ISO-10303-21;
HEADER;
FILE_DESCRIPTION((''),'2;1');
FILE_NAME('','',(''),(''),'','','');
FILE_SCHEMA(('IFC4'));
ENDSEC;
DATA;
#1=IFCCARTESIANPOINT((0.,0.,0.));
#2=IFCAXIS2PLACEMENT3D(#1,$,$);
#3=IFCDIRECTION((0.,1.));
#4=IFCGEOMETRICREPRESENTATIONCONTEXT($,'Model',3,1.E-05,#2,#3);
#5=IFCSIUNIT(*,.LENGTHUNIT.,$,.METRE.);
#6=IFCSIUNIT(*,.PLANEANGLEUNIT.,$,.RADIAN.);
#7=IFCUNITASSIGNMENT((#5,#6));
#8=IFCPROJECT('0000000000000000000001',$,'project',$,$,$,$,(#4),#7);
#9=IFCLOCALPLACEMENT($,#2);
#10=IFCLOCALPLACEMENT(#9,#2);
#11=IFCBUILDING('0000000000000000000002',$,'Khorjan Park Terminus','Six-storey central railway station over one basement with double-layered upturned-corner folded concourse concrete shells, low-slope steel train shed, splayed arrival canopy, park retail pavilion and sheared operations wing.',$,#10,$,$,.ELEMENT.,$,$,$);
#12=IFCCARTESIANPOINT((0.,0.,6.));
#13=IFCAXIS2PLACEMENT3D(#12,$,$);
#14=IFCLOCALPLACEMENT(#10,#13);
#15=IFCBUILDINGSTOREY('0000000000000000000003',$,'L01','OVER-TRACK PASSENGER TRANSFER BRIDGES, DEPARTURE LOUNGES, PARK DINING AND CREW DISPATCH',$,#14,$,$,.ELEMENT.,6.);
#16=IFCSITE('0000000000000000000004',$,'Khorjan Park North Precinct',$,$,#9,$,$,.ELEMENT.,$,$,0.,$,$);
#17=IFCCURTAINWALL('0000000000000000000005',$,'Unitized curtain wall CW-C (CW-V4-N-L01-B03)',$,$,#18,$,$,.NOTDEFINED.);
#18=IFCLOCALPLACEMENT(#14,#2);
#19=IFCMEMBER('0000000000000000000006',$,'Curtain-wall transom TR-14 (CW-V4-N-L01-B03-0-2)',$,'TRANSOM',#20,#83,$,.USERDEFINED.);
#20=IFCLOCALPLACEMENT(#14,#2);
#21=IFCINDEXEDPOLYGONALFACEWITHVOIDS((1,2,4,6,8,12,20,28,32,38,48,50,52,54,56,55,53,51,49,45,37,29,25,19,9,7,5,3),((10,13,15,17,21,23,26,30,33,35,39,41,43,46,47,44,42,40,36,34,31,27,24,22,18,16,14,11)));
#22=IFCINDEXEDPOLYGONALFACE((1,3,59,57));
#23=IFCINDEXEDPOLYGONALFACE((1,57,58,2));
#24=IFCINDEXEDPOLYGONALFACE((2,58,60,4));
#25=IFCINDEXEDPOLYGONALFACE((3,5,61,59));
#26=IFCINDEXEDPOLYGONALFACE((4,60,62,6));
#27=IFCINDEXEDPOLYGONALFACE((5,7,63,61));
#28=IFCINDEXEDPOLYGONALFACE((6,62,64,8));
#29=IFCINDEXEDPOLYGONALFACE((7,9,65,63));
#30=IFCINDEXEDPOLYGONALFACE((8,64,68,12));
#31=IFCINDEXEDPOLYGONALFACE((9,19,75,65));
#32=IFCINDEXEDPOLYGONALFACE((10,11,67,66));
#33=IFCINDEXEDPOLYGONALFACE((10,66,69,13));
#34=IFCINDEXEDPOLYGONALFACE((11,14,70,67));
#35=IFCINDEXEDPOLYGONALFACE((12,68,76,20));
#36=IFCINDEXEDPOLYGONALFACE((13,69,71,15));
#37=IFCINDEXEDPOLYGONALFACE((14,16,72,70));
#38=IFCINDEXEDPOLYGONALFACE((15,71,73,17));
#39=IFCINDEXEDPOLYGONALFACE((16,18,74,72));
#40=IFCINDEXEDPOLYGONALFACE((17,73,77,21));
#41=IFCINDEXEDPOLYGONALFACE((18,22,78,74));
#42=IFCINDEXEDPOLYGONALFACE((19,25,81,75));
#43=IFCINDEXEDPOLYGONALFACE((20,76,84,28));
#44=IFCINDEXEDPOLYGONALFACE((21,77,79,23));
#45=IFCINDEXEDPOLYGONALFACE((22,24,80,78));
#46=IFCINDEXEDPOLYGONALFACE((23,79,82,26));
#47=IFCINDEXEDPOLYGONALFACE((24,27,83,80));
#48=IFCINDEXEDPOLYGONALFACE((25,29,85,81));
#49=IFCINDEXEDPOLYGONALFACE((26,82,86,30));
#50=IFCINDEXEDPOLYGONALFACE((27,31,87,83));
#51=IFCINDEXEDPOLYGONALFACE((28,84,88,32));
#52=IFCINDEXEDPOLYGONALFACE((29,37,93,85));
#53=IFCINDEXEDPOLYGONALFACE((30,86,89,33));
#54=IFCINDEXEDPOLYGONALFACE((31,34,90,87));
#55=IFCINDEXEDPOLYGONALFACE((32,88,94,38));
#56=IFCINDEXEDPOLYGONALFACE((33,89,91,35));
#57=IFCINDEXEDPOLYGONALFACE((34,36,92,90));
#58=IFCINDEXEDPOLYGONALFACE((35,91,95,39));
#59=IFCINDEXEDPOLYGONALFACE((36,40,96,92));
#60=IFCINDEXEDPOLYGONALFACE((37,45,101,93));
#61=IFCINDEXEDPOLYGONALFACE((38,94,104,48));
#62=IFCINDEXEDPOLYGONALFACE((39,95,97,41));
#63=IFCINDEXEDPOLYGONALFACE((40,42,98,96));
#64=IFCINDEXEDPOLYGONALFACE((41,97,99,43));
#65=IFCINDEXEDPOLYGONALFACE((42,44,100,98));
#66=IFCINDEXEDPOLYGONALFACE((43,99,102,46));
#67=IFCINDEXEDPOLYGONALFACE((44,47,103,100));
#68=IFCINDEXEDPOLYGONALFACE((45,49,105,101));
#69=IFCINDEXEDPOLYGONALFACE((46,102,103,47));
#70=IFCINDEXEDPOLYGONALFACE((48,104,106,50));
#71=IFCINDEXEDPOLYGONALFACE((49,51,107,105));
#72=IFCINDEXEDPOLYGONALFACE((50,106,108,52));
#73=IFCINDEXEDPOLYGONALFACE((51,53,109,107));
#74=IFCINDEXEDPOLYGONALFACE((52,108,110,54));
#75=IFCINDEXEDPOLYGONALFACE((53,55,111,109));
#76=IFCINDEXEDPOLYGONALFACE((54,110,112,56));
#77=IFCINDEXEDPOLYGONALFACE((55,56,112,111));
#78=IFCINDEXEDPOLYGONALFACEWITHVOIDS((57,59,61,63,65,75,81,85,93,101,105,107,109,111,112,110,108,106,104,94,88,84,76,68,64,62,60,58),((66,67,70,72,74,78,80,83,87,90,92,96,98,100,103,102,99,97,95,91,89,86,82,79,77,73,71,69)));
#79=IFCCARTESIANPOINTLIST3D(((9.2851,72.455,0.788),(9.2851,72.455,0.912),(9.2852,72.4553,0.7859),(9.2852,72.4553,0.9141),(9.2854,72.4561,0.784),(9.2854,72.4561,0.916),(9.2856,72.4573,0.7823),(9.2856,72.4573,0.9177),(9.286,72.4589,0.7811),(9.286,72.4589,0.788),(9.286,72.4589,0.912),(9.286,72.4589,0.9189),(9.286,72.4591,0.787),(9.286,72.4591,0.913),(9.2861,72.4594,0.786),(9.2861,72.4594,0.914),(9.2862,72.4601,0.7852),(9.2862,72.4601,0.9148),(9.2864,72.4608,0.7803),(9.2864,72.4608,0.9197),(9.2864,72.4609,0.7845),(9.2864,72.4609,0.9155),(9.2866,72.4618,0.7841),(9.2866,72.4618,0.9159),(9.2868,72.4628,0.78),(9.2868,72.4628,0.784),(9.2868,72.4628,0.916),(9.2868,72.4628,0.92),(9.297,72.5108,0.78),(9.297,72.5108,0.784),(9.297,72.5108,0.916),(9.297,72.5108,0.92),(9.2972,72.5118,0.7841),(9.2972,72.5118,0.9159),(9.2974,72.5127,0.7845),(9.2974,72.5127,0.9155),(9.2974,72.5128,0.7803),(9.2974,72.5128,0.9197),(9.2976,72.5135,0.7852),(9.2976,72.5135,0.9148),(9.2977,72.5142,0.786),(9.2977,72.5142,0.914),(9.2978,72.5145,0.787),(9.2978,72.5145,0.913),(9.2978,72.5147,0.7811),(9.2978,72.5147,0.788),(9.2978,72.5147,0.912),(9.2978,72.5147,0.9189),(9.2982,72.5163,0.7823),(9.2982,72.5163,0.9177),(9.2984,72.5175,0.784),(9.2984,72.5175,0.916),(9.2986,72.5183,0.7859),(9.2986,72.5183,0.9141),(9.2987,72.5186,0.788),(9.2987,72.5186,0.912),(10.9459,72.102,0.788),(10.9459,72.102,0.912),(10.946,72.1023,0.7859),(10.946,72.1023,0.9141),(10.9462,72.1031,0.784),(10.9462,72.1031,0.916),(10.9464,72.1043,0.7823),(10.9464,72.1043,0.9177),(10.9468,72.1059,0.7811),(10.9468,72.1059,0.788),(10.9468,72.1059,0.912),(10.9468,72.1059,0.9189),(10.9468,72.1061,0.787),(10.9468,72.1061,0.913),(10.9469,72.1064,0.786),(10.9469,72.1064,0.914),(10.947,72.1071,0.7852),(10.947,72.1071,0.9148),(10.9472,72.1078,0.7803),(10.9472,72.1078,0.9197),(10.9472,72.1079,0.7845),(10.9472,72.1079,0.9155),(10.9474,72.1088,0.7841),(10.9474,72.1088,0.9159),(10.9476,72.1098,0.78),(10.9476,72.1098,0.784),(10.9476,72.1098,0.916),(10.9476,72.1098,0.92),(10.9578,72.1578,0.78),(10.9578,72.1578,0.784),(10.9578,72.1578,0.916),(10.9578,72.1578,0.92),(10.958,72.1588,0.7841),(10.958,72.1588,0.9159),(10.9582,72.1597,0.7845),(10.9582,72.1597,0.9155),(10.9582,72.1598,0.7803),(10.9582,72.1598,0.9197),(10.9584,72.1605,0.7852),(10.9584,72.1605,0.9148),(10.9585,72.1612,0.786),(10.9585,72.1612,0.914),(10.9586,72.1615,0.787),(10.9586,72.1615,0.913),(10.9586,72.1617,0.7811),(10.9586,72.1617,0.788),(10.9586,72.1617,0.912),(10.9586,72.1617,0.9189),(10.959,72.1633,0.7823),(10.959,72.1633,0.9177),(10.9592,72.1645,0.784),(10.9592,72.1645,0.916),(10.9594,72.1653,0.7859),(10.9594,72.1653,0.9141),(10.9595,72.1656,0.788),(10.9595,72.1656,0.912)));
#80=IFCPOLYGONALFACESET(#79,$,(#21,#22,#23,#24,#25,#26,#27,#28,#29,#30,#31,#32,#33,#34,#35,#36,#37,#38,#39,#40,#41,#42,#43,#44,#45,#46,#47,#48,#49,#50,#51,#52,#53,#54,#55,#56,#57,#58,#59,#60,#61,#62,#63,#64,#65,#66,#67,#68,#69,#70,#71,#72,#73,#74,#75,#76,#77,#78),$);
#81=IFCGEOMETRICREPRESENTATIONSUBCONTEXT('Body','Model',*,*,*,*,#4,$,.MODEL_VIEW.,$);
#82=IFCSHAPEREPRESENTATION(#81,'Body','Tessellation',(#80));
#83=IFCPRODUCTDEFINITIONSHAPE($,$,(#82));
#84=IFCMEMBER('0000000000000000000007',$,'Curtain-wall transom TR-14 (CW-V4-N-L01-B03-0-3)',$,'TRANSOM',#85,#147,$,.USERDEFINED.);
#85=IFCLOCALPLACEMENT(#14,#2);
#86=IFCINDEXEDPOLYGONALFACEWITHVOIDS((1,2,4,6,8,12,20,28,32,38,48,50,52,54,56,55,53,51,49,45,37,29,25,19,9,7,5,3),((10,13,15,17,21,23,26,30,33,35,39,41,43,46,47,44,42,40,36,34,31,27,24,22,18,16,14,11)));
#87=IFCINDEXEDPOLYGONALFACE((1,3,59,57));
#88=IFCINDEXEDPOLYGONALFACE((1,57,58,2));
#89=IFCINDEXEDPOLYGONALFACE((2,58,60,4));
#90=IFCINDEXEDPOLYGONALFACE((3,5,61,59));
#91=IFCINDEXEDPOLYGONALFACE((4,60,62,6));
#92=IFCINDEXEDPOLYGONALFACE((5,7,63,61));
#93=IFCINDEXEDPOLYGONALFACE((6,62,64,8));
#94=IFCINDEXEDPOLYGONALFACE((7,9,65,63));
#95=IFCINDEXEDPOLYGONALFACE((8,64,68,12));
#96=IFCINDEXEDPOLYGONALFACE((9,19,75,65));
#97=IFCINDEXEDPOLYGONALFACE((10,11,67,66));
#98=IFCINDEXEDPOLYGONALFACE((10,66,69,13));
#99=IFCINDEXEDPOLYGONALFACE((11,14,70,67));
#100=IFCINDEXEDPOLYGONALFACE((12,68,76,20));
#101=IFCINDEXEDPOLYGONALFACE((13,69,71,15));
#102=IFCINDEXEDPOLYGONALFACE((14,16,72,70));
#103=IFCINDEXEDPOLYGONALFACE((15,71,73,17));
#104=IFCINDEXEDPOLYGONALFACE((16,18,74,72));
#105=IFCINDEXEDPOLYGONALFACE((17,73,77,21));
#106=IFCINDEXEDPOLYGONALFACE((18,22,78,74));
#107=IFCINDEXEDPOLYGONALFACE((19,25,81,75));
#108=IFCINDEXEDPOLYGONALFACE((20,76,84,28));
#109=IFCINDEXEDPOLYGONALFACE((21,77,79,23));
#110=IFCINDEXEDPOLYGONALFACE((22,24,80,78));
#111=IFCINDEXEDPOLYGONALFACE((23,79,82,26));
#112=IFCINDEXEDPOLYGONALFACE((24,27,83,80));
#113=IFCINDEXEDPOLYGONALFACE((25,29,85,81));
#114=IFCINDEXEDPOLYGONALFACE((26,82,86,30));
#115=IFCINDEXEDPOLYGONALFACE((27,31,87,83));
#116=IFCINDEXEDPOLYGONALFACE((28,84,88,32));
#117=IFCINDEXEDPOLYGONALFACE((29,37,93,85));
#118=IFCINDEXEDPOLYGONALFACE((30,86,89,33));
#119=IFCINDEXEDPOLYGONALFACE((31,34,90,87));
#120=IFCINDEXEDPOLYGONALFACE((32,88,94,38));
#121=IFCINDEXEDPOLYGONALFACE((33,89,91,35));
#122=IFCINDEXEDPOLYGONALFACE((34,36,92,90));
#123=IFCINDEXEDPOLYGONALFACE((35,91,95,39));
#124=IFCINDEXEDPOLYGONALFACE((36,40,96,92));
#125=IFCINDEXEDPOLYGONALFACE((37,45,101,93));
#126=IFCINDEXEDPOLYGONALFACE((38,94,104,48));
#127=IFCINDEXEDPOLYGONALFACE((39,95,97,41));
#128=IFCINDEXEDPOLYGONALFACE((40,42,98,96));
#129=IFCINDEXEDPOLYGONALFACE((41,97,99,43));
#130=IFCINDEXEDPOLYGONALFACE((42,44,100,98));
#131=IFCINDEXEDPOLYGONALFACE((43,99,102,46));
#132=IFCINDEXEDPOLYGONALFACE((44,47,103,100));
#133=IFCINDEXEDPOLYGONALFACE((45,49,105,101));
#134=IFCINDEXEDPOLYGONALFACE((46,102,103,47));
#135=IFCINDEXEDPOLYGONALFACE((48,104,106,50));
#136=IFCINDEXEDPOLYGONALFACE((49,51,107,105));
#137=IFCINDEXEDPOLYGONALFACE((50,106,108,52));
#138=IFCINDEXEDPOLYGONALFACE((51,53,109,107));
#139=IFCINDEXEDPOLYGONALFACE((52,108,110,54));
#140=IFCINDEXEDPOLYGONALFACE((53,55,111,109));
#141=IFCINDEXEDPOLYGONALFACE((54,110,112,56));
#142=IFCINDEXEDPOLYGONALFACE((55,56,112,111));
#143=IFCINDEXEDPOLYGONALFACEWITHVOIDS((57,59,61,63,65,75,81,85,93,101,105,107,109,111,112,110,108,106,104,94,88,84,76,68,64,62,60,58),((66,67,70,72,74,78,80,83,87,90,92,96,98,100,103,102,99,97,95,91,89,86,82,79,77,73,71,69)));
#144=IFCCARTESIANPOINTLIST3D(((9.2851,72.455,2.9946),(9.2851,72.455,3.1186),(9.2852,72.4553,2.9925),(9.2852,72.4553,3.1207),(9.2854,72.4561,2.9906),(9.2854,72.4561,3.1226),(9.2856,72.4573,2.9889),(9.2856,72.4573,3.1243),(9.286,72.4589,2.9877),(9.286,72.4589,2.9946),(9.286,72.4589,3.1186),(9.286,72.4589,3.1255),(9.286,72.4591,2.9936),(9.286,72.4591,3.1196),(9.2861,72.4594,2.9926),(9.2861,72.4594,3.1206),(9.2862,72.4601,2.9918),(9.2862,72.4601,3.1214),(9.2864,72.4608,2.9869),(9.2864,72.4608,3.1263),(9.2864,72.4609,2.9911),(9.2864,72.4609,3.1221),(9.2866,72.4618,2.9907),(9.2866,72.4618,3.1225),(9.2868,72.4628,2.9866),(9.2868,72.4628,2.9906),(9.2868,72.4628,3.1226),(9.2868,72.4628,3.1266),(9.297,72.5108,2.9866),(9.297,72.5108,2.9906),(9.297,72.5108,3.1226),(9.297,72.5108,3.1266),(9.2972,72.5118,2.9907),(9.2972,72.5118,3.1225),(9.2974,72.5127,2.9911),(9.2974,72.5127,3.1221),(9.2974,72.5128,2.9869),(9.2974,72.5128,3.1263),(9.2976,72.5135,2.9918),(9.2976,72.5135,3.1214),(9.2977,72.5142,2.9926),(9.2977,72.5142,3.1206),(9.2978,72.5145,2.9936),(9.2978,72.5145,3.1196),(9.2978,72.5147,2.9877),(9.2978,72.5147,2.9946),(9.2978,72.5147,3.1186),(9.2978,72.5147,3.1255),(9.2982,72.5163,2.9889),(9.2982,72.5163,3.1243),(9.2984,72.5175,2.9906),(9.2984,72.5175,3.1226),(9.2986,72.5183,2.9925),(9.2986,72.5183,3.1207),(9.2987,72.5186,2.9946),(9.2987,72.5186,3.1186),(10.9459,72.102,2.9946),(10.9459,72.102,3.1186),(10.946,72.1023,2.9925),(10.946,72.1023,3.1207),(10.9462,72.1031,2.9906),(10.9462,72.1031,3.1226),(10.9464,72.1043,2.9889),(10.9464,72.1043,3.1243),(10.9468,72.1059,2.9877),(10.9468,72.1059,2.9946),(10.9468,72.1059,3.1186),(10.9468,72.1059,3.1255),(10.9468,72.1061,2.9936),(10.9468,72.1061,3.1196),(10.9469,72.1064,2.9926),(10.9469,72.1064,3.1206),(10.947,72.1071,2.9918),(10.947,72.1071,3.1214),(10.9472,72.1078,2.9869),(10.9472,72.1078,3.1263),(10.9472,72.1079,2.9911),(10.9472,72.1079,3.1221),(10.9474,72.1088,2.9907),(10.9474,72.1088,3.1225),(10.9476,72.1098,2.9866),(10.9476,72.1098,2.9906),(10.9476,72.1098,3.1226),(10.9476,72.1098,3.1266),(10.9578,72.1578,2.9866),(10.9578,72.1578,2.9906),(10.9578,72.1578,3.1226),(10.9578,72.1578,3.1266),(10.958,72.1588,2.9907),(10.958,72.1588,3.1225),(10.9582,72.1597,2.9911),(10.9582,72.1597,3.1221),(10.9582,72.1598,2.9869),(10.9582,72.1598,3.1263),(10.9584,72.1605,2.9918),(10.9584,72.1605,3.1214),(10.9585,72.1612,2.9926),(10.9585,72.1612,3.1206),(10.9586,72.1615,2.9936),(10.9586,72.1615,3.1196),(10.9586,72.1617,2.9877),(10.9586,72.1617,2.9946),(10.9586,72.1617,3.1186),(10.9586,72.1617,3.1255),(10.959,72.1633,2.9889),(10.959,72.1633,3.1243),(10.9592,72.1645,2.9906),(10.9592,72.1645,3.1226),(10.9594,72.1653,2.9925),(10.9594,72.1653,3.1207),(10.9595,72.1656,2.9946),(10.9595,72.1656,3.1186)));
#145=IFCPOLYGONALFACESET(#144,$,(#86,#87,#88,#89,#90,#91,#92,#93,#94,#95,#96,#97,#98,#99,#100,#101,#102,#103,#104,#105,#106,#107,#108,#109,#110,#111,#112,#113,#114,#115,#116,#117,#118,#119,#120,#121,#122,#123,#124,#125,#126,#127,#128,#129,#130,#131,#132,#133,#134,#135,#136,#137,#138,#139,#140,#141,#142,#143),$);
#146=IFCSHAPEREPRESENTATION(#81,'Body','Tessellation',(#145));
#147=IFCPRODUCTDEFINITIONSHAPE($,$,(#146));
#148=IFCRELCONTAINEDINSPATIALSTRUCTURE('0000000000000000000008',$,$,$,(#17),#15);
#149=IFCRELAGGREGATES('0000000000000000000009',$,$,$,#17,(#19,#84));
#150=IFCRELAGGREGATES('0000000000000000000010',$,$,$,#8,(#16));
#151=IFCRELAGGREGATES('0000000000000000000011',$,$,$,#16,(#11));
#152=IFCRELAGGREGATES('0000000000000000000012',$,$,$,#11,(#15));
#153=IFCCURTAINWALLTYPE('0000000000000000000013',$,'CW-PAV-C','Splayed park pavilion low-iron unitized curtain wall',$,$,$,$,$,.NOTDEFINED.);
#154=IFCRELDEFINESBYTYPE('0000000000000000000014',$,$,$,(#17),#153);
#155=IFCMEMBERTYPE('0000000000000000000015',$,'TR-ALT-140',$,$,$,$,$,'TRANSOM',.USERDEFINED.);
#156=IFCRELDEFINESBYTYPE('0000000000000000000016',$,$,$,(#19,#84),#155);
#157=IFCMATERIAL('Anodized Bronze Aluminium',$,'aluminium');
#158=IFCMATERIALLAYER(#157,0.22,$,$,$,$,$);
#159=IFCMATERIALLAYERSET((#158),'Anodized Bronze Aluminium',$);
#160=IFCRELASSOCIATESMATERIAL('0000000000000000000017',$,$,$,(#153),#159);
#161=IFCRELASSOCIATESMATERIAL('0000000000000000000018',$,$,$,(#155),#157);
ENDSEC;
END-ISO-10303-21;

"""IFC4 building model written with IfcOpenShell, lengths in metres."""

from ifc_helpers import new_model, si_unit, direction, frame, origin, origin_2d, place, context, subcontext, project, spatial, hollow_rectangle, extrude, material, layer, layer_set, material_profile, profile_set, type_object, element, aggregate, save


model = new_model("IFC4")

# Units and contexts
model_context = context("Model", 3, precision=1e-05, world=origin(), true_north=direction((0.0, 1.0)))
body_context = subcontext(model_context, "Body", "Model", "MODEL_VIEW")
ifc_project = project(units=[si_unit("LENGTHUNIT", "METRE"), si_unit("PLANEANGLEUNIT", "RADIAN")], contexts=[model_context])

# Site, building, storey
site_placement = place(None, origin())
site = spatial("IfcSite", under=ifc_project, at=site_placement, Name="Khorjan Park North Precinct", CompositionType="ELEMENT", RefElevation=0.0)
building_placement = place(site_placement, origin())
building = spatial("IfcBuilding", under=site, at=building_placement, Name="Khorjan Park Terminus", Description="Six-storey central railway station over one basement with double-layered upturned-corner folded concourse concrete shells, low-slope steel train shed, splayed arrival canopy, park retail pavilion and sheared operations wing.", CompositionType="ELEMENT")
storey_placement = place(building_placement, frame((0.0, 0.0, 6.0)))
storey = spatial("IfcBuildingStorey", under=building, at=storey_placement, Name="L01", Description="OVER-TRACK PASSENGER TRANSFER BRIDGES, DEPARTURE LOUNGES, PARK DINING AND CREW DISPATCH", CompositionType="ELEMENT", Elevation=6.0)

# Curtain wall, members
ifc_material_1 = material(Name="Anodized Bronze Aluminium", Category="aluminium")
ifc_layer_1 = layer(ifc_material_1, 0.22)
ifc_layer_set_1 = layer_set([ifc_layer_1], Name="Anodized Bronze Aluminium")
curtain_wall_type = type_object("IfcCurtainWallType", Name="CW-PAV-C", Description="Splayed park pavilion low-iron unitized curtain wall", PredefinedType="NOTDEFINED", material=ifc_layer_set_1)
curtain_wall_1_placement = place(storey_placement, origin())
curtain_wall_1 = element("IfcCurtainWall", 1, at=curtain_wall_1_placement, inside=storey, type_object=curtain_wall_type, Name="Unitized curtain wall CW-C (CW-V4-N-L01-B03)", PredefinedType="NOTDEFINED")
ifc_material_profile_1 = material_profile(ifc_material_1, hollow_rectangle(XDim=0.065, YDim=0.14, WallThickness=0.004, InnerFilletRadius=0.004, OuterFilletRadius=0.008, at=origin_2d()), Name="ALT 65x140x4")
ifc_profile_set_1 = profile_set([ifc_material_profile_1], Name="Anodized Bronze Aluminium")
member_type_1 = type_object("IfcMemberType", Name="TR-ALT-140", ElementType="TRANSOM", PredefinedType="USERDEFINED", material=ifc_profile_set_1)
member_1_placement = place(storey_placement, frame((10.9527, 72.1338, 0.85), z_axis=(-0.978149, 0.207904, 0.0), x_axis=(-0.207904, -0.978149, 0.0)))
member_1 = element("IfcMember", 2, at=member_1_placement, type_object=member_type_1, Name="Curtain-wall transom TR-14 (CW-V4-N-L01-B03-0-2)", ObjectType="TRANSOM", PredefinedType="USERDEFINED", context=body_context, shape_type="SweptSolid", body=[
    extrude(hollow_rectangle(XDim=0.065, YDim=0.14, WallThickness=0.004, InnerFilletRadius=0.004, OuterFilletRadius=0.008, at=origin_2d()), origin(), (0.0, 0.0, 1.0), 1.6979),
])
member_2_placement = place(storey_placement, frame((10.9527, 72.1338, 3.0566), z_axis=(-0.978149, 0.207904, 0.0), x_axis=(-0.207904, -0.978149, 0.0)))
member_2 = element("IfcMember", 3, at=member_2_placement, type_object=member_type_1, Name="Curtain-wall transom TR-14 (CW-V4-N-L01-B03-0-3)", ObjectType="TRANSOM", PredefinedType="USERDEFINED", context=body_context, shape_type="SweptSolid", body=[
    extrude(hollow_rectangle(XDim=0.065, YDim=0.14, WallThickness=0.004, InnerFilletRadius=0.004, OuterFilletRadius=0.008, at=origin_2d()), origin(), (0.0, 0.0, 1.0), 1.6979),
])

aggregate(curtain_wall_1, [member_1, member_2])

save(model, "model.ifc")
